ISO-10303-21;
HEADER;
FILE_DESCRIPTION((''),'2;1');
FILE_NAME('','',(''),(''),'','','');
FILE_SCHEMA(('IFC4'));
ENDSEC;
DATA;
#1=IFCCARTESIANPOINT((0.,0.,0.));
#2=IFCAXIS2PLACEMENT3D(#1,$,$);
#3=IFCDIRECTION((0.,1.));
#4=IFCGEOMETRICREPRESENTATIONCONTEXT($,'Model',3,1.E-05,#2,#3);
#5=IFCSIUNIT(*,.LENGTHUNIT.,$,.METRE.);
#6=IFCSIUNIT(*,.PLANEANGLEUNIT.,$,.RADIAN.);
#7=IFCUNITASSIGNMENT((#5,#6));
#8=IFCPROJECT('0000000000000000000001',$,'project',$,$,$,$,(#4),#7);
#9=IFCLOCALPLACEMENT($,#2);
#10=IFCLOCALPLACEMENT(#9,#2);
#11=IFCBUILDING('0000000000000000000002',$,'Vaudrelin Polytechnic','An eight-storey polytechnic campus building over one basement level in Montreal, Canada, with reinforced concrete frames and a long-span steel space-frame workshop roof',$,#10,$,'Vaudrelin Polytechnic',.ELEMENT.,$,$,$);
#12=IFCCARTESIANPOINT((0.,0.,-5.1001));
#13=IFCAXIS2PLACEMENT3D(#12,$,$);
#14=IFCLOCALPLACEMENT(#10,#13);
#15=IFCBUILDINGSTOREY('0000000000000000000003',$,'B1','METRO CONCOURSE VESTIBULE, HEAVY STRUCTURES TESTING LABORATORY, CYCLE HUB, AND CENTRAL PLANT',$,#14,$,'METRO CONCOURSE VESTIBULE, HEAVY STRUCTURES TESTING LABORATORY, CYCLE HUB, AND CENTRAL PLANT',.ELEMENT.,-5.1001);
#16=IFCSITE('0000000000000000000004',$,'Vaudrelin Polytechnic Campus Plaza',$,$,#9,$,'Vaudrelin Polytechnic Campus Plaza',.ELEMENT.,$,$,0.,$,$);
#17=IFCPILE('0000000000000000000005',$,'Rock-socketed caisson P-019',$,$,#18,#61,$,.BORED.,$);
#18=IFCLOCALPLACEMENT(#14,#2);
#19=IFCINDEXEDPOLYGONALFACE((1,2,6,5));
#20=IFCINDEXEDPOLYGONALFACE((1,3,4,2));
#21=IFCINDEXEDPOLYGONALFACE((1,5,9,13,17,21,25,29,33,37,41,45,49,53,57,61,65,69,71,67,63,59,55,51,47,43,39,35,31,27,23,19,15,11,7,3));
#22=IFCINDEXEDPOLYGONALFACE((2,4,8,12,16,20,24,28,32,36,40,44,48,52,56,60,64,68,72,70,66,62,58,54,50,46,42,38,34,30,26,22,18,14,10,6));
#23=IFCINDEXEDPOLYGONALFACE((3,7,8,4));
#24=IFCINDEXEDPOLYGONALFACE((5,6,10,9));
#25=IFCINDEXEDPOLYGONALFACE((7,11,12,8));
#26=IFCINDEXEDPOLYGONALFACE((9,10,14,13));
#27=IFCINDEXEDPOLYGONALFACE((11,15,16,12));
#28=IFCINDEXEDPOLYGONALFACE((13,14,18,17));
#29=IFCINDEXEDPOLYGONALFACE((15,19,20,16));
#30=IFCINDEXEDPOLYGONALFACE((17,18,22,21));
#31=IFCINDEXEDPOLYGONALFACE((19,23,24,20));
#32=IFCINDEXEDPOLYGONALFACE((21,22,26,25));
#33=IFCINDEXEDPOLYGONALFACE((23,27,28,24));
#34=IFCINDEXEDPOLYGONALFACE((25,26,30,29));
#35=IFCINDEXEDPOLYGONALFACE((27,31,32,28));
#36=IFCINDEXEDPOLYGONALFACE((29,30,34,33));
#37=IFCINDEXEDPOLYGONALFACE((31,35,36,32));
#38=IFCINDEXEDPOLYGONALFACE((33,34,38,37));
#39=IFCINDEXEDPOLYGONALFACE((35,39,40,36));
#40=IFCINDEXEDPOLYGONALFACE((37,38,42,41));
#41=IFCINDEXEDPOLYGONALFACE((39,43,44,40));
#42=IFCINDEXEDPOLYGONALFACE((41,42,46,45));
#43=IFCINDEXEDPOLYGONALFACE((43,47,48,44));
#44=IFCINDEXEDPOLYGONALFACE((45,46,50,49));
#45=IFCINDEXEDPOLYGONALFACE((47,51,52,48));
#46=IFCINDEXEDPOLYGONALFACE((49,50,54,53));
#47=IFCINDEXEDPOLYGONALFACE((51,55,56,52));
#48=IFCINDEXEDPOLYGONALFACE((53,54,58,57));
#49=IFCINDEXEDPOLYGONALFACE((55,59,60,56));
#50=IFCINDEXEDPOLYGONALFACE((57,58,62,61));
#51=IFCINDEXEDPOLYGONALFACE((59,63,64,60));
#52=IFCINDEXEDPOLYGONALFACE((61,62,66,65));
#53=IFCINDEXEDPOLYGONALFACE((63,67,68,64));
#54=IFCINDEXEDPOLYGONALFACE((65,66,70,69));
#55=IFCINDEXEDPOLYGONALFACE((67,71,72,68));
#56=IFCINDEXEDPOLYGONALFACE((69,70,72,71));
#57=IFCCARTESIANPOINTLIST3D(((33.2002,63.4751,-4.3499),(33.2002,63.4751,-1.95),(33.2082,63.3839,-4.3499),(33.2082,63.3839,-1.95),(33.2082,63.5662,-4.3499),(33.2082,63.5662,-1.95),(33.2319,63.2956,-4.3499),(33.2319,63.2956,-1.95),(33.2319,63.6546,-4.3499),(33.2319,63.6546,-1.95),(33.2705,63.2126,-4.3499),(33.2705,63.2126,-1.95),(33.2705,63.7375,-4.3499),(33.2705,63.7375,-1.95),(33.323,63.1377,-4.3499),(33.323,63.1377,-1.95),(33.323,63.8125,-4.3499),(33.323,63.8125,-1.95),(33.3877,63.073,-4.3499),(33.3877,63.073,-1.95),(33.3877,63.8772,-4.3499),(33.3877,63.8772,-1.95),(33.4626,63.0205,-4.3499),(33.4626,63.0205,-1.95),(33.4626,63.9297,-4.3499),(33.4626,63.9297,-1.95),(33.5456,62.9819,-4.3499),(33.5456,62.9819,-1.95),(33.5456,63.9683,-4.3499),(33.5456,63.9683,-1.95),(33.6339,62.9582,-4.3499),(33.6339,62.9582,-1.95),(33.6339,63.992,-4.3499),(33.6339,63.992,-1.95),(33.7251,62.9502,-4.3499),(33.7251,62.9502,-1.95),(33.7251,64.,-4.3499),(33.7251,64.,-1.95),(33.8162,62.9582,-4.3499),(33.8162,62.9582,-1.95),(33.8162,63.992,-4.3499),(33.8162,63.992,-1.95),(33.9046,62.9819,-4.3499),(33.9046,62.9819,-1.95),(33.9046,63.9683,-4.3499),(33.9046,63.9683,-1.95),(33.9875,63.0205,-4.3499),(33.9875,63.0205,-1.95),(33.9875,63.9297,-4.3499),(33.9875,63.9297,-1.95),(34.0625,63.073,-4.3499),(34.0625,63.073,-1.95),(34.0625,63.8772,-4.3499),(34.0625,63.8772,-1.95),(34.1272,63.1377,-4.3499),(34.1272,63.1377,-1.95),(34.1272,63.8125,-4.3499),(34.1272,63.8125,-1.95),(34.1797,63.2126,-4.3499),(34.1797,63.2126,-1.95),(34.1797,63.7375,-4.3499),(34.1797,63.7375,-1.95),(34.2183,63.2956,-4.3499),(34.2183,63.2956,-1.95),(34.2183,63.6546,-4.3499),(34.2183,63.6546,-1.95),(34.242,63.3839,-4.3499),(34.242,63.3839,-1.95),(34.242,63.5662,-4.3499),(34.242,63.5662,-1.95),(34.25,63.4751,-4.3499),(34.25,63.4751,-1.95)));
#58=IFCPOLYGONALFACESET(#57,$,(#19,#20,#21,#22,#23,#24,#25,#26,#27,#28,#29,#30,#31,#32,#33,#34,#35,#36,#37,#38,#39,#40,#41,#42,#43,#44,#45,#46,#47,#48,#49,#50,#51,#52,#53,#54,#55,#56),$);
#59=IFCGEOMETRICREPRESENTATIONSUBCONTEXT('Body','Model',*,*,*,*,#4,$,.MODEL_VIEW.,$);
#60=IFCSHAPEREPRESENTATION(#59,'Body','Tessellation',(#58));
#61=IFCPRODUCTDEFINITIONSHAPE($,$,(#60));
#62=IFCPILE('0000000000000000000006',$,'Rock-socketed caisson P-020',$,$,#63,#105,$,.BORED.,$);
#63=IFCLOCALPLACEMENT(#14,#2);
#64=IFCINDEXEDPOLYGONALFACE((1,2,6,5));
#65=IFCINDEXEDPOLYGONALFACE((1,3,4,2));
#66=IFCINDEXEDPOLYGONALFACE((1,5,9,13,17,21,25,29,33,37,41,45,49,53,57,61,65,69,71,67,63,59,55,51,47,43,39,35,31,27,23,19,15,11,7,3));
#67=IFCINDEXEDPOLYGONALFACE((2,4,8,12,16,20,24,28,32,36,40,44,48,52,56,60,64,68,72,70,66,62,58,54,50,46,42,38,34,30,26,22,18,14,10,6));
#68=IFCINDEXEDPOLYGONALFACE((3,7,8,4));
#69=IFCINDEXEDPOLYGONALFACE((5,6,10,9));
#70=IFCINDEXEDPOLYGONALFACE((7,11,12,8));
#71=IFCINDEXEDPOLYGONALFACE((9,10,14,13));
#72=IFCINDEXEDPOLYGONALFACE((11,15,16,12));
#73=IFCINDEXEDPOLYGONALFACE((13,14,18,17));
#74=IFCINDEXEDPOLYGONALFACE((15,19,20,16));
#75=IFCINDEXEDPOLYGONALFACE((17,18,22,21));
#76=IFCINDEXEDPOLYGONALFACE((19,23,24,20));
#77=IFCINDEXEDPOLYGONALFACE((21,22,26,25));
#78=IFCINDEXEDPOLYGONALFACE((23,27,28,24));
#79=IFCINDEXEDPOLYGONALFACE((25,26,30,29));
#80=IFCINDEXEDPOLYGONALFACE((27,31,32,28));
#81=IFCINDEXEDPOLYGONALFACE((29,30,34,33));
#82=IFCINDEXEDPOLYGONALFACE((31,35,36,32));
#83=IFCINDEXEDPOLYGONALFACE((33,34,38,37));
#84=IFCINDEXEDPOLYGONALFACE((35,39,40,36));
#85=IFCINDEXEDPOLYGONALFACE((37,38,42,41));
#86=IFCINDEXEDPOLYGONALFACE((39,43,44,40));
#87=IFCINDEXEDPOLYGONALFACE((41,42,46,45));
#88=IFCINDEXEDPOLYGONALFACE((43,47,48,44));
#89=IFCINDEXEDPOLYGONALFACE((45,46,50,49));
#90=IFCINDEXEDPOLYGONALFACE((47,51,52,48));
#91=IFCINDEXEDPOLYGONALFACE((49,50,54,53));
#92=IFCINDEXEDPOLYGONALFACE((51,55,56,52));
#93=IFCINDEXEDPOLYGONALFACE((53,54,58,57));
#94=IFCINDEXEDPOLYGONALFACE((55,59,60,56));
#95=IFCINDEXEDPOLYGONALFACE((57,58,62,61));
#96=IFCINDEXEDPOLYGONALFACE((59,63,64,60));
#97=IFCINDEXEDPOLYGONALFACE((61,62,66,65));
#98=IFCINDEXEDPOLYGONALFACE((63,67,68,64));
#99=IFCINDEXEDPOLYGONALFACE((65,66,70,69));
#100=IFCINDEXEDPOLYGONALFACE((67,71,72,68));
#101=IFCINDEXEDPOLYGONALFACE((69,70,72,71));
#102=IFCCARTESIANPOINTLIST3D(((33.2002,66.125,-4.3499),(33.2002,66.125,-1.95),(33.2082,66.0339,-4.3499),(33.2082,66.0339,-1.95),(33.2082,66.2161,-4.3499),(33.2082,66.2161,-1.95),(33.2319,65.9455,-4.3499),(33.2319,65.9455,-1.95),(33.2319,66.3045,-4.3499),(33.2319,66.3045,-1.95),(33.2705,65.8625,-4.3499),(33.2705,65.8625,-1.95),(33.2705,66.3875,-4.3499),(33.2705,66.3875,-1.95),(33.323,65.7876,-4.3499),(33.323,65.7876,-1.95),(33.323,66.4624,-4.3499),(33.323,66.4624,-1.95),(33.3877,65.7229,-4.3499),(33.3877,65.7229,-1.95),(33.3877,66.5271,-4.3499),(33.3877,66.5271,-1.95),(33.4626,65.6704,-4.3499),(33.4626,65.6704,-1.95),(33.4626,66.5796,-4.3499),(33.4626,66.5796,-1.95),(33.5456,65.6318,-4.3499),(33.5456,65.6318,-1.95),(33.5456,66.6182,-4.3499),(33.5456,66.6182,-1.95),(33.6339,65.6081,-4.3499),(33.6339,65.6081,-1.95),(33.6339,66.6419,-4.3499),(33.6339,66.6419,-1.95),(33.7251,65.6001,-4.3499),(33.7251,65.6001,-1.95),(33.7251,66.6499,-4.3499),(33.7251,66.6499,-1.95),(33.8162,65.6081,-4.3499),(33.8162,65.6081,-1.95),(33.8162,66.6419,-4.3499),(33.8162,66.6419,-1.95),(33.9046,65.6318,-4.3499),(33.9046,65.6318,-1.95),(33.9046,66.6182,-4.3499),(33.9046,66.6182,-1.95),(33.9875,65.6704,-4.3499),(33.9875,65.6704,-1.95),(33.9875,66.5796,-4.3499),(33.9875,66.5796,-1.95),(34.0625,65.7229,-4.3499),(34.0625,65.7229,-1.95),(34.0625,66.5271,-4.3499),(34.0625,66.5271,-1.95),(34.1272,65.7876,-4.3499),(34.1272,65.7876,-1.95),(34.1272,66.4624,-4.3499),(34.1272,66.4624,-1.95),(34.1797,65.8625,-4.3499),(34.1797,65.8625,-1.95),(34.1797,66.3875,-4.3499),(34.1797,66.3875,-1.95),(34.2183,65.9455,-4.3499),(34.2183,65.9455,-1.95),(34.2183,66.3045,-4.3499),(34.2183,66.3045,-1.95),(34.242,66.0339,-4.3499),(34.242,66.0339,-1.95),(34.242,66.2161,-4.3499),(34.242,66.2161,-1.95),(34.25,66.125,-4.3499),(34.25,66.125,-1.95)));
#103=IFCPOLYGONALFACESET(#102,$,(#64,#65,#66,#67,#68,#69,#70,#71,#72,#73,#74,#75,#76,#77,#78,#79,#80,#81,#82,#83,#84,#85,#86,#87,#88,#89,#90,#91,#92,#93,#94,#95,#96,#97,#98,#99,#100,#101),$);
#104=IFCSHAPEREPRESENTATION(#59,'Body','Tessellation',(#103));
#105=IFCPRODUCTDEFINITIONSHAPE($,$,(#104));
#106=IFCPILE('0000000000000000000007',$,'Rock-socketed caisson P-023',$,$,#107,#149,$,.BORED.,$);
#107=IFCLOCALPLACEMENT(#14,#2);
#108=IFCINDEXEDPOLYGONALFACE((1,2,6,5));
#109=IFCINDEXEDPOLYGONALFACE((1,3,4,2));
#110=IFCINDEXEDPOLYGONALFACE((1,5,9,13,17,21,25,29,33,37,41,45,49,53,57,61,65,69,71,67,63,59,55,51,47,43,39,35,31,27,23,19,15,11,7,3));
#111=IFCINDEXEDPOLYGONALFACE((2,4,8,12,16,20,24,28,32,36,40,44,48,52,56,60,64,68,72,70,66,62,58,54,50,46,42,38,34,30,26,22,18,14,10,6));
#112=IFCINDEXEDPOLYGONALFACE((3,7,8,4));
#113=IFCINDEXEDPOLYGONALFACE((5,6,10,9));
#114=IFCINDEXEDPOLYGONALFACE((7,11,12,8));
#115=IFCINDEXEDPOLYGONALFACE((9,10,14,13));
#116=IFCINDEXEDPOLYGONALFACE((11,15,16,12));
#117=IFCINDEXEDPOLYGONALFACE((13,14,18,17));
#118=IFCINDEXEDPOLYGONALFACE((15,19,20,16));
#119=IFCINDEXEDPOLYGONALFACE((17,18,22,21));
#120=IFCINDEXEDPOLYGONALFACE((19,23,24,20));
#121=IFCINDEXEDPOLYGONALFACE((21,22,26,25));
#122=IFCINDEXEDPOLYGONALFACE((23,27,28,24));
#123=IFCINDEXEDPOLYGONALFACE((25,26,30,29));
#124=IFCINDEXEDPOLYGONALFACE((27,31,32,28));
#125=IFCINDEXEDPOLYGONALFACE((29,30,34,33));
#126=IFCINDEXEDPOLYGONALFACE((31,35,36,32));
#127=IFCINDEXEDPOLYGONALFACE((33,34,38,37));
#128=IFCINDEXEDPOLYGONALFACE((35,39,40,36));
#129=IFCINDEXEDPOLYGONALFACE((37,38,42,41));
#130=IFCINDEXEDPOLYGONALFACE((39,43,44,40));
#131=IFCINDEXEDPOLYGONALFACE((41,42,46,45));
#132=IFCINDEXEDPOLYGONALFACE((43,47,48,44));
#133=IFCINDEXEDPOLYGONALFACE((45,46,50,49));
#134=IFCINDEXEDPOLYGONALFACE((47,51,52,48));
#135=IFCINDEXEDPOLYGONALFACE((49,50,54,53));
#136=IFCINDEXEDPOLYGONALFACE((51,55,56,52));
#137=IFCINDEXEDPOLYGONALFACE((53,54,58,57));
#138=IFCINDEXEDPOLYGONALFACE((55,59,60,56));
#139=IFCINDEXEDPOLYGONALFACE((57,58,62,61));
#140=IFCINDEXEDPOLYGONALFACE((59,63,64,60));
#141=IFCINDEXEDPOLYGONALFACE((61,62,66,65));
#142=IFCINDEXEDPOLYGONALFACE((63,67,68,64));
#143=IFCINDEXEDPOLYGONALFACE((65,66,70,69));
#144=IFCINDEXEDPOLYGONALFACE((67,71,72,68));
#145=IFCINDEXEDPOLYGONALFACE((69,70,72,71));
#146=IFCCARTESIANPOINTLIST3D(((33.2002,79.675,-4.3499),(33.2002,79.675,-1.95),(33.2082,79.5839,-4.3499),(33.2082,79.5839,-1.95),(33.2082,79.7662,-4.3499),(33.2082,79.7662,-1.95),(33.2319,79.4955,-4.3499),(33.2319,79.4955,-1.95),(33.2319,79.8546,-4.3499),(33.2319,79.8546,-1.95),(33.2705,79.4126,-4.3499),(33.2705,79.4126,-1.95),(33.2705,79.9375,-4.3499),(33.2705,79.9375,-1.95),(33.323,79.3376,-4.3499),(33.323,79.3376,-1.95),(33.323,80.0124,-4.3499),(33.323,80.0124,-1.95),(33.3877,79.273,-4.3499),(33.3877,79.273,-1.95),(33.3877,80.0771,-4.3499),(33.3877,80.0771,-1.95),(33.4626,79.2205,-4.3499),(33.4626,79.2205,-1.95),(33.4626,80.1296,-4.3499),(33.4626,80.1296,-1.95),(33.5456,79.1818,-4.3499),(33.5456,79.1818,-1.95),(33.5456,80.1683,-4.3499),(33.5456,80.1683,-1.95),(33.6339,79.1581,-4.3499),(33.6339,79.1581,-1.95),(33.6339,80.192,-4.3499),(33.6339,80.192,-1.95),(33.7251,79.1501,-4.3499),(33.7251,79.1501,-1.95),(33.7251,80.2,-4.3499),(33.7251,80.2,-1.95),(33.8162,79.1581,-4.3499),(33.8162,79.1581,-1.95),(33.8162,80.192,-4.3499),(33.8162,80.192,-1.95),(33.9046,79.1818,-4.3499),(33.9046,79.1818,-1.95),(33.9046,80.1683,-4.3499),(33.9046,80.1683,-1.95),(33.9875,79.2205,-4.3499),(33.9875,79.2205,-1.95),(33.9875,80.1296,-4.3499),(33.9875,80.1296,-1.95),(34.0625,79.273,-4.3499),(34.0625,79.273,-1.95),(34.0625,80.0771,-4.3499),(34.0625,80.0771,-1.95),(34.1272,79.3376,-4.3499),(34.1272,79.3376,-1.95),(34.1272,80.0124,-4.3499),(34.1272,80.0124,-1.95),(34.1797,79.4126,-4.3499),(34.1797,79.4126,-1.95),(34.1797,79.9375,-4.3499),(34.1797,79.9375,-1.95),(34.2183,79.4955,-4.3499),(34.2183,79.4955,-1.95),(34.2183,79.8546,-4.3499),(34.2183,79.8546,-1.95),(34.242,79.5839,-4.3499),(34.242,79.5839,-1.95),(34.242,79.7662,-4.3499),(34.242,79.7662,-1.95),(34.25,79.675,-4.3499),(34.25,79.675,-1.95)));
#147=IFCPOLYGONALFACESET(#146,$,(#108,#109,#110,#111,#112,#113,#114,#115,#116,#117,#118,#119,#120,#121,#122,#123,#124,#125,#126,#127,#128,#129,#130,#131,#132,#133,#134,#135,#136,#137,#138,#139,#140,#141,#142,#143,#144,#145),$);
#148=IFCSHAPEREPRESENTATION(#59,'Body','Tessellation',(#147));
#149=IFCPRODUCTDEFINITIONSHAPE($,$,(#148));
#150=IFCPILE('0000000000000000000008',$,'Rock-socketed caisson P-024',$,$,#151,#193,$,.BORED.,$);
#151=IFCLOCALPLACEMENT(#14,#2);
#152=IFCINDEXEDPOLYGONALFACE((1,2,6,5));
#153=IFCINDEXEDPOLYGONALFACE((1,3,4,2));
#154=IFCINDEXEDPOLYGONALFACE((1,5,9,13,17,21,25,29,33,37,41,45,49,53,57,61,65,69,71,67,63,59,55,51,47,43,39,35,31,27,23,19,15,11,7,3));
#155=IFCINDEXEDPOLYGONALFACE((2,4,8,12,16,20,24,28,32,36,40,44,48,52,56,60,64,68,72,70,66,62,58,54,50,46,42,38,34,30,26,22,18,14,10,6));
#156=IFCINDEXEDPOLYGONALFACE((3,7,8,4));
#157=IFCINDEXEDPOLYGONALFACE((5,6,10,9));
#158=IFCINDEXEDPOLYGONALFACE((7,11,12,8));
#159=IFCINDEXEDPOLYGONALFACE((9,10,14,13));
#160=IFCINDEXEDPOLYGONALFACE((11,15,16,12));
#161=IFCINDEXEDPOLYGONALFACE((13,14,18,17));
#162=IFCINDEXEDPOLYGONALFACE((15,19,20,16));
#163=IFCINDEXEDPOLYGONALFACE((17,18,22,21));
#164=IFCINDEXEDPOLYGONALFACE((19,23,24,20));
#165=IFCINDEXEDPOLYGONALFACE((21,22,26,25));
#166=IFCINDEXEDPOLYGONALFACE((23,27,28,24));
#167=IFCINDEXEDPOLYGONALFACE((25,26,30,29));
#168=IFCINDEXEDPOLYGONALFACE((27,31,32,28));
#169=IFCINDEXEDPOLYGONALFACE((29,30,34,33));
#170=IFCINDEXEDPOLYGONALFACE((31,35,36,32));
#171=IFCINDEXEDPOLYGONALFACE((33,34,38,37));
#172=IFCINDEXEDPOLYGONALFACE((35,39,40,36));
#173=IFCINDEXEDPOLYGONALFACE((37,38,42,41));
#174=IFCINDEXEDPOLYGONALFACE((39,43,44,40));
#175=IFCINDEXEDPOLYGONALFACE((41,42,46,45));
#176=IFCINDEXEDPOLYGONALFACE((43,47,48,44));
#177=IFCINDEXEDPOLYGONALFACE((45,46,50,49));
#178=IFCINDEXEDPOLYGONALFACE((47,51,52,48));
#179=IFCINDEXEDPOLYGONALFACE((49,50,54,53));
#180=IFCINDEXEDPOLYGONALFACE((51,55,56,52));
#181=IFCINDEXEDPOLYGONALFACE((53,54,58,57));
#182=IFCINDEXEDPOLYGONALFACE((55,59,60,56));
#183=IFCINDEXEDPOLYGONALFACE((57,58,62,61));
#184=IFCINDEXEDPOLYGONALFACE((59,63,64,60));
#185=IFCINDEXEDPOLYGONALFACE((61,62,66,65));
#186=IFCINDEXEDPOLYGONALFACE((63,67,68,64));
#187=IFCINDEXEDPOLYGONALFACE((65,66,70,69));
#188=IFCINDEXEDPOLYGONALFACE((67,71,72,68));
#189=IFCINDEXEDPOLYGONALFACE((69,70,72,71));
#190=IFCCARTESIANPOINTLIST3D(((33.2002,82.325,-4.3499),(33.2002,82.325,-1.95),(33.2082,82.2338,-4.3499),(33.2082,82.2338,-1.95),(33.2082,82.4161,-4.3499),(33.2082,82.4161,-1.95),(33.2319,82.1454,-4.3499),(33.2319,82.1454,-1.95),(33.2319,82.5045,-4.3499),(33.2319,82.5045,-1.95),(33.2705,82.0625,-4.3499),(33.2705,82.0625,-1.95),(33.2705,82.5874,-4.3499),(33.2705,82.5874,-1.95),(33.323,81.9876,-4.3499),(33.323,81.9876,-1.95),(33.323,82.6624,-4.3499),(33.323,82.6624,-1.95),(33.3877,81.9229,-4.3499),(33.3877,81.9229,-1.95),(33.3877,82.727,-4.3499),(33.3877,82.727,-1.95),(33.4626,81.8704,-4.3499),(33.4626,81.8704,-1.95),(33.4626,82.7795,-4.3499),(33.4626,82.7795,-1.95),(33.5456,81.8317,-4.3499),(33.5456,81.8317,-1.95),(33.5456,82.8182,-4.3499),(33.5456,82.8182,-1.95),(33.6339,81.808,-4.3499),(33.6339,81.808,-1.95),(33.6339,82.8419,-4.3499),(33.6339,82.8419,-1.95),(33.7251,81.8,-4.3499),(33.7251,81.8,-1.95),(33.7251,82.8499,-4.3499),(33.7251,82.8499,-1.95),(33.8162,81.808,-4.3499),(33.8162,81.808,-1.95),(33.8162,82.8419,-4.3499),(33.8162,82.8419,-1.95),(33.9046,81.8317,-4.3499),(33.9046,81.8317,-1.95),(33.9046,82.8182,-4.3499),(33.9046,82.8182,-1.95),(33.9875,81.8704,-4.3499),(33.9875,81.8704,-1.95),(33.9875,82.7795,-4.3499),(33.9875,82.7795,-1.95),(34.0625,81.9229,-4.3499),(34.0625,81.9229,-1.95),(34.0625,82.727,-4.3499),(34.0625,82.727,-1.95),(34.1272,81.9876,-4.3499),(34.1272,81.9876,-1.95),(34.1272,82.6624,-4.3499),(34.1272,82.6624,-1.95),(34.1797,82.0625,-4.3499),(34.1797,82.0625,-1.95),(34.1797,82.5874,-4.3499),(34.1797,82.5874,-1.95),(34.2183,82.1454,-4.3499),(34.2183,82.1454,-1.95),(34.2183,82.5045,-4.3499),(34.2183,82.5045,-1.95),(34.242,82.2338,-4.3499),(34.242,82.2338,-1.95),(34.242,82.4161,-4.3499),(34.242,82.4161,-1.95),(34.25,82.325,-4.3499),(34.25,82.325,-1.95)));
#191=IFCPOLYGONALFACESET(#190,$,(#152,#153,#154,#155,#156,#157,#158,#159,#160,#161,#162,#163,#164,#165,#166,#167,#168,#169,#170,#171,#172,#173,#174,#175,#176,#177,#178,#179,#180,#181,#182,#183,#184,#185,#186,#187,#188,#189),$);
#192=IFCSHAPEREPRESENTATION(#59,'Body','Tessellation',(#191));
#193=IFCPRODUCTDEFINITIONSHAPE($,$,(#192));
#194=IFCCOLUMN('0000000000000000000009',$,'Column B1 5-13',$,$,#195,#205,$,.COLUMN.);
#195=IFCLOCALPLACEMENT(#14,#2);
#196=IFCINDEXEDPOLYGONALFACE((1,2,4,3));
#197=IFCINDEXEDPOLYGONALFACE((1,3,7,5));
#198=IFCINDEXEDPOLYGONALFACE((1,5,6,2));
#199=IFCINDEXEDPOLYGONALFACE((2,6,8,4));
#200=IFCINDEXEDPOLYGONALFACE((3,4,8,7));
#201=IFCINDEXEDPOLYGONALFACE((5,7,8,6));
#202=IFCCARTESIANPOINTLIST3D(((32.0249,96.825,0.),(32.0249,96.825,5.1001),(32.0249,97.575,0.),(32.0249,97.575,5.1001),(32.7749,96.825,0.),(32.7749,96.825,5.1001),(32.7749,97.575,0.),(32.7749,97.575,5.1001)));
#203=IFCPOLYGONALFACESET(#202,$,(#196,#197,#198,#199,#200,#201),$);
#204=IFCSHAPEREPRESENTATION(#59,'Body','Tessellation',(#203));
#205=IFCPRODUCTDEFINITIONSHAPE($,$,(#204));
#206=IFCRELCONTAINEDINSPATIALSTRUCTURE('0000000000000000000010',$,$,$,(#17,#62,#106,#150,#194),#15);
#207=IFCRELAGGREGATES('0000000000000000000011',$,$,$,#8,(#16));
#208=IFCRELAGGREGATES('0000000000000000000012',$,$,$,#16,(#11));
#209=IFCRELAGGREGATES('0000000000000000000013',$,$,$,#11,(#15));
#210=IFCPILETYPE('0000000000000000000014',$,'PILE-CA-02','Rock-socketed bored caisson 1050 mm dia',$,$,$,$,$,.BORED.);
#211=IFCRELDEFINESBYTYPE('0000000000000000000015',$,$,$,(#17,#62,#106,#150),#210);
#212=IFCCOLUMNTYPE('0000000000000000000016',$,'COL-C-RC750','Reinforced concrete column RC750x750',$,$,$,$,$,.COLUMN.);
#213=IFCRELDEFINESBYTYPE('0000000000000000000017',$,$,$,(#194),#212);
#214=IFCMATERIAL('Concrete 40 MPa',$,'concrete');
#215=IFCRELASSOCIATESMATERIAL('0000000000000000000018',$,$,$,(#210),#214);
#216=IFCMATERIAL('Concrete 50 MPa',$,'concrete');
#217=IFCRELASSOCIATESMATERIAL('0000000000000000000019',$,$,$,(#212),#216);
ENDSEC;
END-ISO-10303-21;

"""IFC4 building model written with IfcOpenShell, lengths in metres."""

from ifc_helpers import new_model, si_unit, direction, frame, origin, origin_2d, place, context, subcontext, project, spatial, rectangle, circle, extrude, material, material_profile, profile_set, type_object, element, save


model = new_model("IFC4")

# Units and contexts
model_context = context("Model", 3, precision=1e-05, world=origin(), true_north=direction((0.0, 1.0)))
body_context = subcontext(model_context, "Body", "Model", "MODEL_VIEW")
ifc_project = project(units=[si_unit("LENGTHUNIT", "METRE"), si_unit("PLANEANGLEUNIT", "RADIAN")], contexts=[model_context])

# Site, building, storey
site_placement = place(None, origin())
site = spatial("IfcSite", under=ifc_project, at=site_placement, Name="Vaudrelin Polytechnic Campus Plaza", LongName="Vaudrelin Polytechnic Campus Plaza", CompositionType="ELEMENT", RefElevation=0.0)
building_placement = place(site_placement, origin())
building = spatial("IfcBuilding", under=site, at=building_placement, Name="Vaudrelin Polytechnic", Description="An eight-storey polytechnic campus building over one basement level in Montreal, Canada, with reinforced concrete frames and a long-span steel space-frame workshop roof", LongName="Vaudrelin Polytechnic", CompositionType="ELEMENT")
storey_placement = place(building_placement, frame((0.0, 0.0, -5.1001)))
storey = spatial("IfcBuildingStorey", under=building, at=storey_placement, Name="B1", Description="METRO CONCOURSE VESTIBULE, HEAVY STRUCTURES TESTING LABORATORY, CYCLE HUB, AND CENTRAL PLANT", LongName="METRO CONCOURSE VESTIBULE, HEAVY STRUCTURES TESTING LABORATORY, CYCLE HUB, AND CENTRAL PLANT", CompositionType="ELEMENT", Elevation=-5.1001)

# Shared definitions
ifc_material_1 = material(Name="Concrete 40 MPa", Category="concrete")

# Piles
ifc_material_profile_1 = material_profile(ifc_material_1, circle(Radius=0.5249, at=origin_2d()), Name="CAISSON1050")
ifc_profile_set_1 = profile_set([ifc_material_profile_1], Name="Concrete 40 MPa")
pile_type = type_object("IfcPileType", Name="PILE-CA-02", Description="Rock-socketed bored caisson 1050 mm dia", PredefinedType="BORED", material=ifc_profile_set_1)
for number, where, z_axis, x_axis, name in (
    (1, (33.7251, 63.4751, -1.95), (0.0, 0.0, -1.0), (1.0, 0.0, 0.0), "Rock-socketed caisson P-019"),
    (2, (33.7251, 66.125, -1.95), (0.0, 0.0, -1.0), (1.0, 0.0, 0.0), "Rock-socketed caisson P-020"),
    (3, (33.7251, 79.675, -1.95), (0.0, 0.0, -1.0), (1.0, 0.0, 0.0), "Rock-socketed caisson P-023"),
    (4, (33.7251, 82.325, -1.95), (0.0, 0.0, -1.0), (1.0, 0.0, 0.0), "Rock-socketed caisson P-024"),
):
    element("IfcPile", number, at=place(storey_placement, frame(where, z_axis=z_axis, x_axis=x_axis)), inside=storey, type_object=pile_type, Name=name, PredefinedType="BORED", context=body_context, shape_type="SweptSolid", body=[
        extrude(circle(Radius=0.5249, at=origin_2d()), origin(), (0.0, 0.0, 1.0), 2.3999),
    ])

# Column
ifc_material_2 = material(Name="Concrete 50 MPa", Category="concrete")
ifc_material_profile_2 = material_profile(ifc_material_2, rectangle(XDim=0.75, YDim=0.75, at=origin_2d()), Name="RC750x750")
ifc_profile_set_2 = profile_set([ifc_material_profile_2], Name="Concrete 50 MPa")
column_type_1 = type_object("IfcColumnType", Name="COL-C-RC750", Description="Reinforced concrete column RC750x750", PredefinedType="COLUMN", material=ifc_profile_set_2)
column_placement = place(storey_placement, frame((32.3999, 97.2, 0.0), z_axis=(0.0, 0.0, 1.0), x_axis=(1.0, 0.0, 0.0)))
element("IfcColumn", 5, at=column_placement, inside=storey, type_object=column_type_1, Name="Column B1 5-13", PredefinedType="COLUMN", context=body_context, shape_type="SweptSolid", body=[
    extrude(rectangle(XDim=0.75, YDim=0.75, at=origin_2d()), origin(), (0.0, 0.0, 1.0), 5.1001),
])

save(model, "model.ifc")
